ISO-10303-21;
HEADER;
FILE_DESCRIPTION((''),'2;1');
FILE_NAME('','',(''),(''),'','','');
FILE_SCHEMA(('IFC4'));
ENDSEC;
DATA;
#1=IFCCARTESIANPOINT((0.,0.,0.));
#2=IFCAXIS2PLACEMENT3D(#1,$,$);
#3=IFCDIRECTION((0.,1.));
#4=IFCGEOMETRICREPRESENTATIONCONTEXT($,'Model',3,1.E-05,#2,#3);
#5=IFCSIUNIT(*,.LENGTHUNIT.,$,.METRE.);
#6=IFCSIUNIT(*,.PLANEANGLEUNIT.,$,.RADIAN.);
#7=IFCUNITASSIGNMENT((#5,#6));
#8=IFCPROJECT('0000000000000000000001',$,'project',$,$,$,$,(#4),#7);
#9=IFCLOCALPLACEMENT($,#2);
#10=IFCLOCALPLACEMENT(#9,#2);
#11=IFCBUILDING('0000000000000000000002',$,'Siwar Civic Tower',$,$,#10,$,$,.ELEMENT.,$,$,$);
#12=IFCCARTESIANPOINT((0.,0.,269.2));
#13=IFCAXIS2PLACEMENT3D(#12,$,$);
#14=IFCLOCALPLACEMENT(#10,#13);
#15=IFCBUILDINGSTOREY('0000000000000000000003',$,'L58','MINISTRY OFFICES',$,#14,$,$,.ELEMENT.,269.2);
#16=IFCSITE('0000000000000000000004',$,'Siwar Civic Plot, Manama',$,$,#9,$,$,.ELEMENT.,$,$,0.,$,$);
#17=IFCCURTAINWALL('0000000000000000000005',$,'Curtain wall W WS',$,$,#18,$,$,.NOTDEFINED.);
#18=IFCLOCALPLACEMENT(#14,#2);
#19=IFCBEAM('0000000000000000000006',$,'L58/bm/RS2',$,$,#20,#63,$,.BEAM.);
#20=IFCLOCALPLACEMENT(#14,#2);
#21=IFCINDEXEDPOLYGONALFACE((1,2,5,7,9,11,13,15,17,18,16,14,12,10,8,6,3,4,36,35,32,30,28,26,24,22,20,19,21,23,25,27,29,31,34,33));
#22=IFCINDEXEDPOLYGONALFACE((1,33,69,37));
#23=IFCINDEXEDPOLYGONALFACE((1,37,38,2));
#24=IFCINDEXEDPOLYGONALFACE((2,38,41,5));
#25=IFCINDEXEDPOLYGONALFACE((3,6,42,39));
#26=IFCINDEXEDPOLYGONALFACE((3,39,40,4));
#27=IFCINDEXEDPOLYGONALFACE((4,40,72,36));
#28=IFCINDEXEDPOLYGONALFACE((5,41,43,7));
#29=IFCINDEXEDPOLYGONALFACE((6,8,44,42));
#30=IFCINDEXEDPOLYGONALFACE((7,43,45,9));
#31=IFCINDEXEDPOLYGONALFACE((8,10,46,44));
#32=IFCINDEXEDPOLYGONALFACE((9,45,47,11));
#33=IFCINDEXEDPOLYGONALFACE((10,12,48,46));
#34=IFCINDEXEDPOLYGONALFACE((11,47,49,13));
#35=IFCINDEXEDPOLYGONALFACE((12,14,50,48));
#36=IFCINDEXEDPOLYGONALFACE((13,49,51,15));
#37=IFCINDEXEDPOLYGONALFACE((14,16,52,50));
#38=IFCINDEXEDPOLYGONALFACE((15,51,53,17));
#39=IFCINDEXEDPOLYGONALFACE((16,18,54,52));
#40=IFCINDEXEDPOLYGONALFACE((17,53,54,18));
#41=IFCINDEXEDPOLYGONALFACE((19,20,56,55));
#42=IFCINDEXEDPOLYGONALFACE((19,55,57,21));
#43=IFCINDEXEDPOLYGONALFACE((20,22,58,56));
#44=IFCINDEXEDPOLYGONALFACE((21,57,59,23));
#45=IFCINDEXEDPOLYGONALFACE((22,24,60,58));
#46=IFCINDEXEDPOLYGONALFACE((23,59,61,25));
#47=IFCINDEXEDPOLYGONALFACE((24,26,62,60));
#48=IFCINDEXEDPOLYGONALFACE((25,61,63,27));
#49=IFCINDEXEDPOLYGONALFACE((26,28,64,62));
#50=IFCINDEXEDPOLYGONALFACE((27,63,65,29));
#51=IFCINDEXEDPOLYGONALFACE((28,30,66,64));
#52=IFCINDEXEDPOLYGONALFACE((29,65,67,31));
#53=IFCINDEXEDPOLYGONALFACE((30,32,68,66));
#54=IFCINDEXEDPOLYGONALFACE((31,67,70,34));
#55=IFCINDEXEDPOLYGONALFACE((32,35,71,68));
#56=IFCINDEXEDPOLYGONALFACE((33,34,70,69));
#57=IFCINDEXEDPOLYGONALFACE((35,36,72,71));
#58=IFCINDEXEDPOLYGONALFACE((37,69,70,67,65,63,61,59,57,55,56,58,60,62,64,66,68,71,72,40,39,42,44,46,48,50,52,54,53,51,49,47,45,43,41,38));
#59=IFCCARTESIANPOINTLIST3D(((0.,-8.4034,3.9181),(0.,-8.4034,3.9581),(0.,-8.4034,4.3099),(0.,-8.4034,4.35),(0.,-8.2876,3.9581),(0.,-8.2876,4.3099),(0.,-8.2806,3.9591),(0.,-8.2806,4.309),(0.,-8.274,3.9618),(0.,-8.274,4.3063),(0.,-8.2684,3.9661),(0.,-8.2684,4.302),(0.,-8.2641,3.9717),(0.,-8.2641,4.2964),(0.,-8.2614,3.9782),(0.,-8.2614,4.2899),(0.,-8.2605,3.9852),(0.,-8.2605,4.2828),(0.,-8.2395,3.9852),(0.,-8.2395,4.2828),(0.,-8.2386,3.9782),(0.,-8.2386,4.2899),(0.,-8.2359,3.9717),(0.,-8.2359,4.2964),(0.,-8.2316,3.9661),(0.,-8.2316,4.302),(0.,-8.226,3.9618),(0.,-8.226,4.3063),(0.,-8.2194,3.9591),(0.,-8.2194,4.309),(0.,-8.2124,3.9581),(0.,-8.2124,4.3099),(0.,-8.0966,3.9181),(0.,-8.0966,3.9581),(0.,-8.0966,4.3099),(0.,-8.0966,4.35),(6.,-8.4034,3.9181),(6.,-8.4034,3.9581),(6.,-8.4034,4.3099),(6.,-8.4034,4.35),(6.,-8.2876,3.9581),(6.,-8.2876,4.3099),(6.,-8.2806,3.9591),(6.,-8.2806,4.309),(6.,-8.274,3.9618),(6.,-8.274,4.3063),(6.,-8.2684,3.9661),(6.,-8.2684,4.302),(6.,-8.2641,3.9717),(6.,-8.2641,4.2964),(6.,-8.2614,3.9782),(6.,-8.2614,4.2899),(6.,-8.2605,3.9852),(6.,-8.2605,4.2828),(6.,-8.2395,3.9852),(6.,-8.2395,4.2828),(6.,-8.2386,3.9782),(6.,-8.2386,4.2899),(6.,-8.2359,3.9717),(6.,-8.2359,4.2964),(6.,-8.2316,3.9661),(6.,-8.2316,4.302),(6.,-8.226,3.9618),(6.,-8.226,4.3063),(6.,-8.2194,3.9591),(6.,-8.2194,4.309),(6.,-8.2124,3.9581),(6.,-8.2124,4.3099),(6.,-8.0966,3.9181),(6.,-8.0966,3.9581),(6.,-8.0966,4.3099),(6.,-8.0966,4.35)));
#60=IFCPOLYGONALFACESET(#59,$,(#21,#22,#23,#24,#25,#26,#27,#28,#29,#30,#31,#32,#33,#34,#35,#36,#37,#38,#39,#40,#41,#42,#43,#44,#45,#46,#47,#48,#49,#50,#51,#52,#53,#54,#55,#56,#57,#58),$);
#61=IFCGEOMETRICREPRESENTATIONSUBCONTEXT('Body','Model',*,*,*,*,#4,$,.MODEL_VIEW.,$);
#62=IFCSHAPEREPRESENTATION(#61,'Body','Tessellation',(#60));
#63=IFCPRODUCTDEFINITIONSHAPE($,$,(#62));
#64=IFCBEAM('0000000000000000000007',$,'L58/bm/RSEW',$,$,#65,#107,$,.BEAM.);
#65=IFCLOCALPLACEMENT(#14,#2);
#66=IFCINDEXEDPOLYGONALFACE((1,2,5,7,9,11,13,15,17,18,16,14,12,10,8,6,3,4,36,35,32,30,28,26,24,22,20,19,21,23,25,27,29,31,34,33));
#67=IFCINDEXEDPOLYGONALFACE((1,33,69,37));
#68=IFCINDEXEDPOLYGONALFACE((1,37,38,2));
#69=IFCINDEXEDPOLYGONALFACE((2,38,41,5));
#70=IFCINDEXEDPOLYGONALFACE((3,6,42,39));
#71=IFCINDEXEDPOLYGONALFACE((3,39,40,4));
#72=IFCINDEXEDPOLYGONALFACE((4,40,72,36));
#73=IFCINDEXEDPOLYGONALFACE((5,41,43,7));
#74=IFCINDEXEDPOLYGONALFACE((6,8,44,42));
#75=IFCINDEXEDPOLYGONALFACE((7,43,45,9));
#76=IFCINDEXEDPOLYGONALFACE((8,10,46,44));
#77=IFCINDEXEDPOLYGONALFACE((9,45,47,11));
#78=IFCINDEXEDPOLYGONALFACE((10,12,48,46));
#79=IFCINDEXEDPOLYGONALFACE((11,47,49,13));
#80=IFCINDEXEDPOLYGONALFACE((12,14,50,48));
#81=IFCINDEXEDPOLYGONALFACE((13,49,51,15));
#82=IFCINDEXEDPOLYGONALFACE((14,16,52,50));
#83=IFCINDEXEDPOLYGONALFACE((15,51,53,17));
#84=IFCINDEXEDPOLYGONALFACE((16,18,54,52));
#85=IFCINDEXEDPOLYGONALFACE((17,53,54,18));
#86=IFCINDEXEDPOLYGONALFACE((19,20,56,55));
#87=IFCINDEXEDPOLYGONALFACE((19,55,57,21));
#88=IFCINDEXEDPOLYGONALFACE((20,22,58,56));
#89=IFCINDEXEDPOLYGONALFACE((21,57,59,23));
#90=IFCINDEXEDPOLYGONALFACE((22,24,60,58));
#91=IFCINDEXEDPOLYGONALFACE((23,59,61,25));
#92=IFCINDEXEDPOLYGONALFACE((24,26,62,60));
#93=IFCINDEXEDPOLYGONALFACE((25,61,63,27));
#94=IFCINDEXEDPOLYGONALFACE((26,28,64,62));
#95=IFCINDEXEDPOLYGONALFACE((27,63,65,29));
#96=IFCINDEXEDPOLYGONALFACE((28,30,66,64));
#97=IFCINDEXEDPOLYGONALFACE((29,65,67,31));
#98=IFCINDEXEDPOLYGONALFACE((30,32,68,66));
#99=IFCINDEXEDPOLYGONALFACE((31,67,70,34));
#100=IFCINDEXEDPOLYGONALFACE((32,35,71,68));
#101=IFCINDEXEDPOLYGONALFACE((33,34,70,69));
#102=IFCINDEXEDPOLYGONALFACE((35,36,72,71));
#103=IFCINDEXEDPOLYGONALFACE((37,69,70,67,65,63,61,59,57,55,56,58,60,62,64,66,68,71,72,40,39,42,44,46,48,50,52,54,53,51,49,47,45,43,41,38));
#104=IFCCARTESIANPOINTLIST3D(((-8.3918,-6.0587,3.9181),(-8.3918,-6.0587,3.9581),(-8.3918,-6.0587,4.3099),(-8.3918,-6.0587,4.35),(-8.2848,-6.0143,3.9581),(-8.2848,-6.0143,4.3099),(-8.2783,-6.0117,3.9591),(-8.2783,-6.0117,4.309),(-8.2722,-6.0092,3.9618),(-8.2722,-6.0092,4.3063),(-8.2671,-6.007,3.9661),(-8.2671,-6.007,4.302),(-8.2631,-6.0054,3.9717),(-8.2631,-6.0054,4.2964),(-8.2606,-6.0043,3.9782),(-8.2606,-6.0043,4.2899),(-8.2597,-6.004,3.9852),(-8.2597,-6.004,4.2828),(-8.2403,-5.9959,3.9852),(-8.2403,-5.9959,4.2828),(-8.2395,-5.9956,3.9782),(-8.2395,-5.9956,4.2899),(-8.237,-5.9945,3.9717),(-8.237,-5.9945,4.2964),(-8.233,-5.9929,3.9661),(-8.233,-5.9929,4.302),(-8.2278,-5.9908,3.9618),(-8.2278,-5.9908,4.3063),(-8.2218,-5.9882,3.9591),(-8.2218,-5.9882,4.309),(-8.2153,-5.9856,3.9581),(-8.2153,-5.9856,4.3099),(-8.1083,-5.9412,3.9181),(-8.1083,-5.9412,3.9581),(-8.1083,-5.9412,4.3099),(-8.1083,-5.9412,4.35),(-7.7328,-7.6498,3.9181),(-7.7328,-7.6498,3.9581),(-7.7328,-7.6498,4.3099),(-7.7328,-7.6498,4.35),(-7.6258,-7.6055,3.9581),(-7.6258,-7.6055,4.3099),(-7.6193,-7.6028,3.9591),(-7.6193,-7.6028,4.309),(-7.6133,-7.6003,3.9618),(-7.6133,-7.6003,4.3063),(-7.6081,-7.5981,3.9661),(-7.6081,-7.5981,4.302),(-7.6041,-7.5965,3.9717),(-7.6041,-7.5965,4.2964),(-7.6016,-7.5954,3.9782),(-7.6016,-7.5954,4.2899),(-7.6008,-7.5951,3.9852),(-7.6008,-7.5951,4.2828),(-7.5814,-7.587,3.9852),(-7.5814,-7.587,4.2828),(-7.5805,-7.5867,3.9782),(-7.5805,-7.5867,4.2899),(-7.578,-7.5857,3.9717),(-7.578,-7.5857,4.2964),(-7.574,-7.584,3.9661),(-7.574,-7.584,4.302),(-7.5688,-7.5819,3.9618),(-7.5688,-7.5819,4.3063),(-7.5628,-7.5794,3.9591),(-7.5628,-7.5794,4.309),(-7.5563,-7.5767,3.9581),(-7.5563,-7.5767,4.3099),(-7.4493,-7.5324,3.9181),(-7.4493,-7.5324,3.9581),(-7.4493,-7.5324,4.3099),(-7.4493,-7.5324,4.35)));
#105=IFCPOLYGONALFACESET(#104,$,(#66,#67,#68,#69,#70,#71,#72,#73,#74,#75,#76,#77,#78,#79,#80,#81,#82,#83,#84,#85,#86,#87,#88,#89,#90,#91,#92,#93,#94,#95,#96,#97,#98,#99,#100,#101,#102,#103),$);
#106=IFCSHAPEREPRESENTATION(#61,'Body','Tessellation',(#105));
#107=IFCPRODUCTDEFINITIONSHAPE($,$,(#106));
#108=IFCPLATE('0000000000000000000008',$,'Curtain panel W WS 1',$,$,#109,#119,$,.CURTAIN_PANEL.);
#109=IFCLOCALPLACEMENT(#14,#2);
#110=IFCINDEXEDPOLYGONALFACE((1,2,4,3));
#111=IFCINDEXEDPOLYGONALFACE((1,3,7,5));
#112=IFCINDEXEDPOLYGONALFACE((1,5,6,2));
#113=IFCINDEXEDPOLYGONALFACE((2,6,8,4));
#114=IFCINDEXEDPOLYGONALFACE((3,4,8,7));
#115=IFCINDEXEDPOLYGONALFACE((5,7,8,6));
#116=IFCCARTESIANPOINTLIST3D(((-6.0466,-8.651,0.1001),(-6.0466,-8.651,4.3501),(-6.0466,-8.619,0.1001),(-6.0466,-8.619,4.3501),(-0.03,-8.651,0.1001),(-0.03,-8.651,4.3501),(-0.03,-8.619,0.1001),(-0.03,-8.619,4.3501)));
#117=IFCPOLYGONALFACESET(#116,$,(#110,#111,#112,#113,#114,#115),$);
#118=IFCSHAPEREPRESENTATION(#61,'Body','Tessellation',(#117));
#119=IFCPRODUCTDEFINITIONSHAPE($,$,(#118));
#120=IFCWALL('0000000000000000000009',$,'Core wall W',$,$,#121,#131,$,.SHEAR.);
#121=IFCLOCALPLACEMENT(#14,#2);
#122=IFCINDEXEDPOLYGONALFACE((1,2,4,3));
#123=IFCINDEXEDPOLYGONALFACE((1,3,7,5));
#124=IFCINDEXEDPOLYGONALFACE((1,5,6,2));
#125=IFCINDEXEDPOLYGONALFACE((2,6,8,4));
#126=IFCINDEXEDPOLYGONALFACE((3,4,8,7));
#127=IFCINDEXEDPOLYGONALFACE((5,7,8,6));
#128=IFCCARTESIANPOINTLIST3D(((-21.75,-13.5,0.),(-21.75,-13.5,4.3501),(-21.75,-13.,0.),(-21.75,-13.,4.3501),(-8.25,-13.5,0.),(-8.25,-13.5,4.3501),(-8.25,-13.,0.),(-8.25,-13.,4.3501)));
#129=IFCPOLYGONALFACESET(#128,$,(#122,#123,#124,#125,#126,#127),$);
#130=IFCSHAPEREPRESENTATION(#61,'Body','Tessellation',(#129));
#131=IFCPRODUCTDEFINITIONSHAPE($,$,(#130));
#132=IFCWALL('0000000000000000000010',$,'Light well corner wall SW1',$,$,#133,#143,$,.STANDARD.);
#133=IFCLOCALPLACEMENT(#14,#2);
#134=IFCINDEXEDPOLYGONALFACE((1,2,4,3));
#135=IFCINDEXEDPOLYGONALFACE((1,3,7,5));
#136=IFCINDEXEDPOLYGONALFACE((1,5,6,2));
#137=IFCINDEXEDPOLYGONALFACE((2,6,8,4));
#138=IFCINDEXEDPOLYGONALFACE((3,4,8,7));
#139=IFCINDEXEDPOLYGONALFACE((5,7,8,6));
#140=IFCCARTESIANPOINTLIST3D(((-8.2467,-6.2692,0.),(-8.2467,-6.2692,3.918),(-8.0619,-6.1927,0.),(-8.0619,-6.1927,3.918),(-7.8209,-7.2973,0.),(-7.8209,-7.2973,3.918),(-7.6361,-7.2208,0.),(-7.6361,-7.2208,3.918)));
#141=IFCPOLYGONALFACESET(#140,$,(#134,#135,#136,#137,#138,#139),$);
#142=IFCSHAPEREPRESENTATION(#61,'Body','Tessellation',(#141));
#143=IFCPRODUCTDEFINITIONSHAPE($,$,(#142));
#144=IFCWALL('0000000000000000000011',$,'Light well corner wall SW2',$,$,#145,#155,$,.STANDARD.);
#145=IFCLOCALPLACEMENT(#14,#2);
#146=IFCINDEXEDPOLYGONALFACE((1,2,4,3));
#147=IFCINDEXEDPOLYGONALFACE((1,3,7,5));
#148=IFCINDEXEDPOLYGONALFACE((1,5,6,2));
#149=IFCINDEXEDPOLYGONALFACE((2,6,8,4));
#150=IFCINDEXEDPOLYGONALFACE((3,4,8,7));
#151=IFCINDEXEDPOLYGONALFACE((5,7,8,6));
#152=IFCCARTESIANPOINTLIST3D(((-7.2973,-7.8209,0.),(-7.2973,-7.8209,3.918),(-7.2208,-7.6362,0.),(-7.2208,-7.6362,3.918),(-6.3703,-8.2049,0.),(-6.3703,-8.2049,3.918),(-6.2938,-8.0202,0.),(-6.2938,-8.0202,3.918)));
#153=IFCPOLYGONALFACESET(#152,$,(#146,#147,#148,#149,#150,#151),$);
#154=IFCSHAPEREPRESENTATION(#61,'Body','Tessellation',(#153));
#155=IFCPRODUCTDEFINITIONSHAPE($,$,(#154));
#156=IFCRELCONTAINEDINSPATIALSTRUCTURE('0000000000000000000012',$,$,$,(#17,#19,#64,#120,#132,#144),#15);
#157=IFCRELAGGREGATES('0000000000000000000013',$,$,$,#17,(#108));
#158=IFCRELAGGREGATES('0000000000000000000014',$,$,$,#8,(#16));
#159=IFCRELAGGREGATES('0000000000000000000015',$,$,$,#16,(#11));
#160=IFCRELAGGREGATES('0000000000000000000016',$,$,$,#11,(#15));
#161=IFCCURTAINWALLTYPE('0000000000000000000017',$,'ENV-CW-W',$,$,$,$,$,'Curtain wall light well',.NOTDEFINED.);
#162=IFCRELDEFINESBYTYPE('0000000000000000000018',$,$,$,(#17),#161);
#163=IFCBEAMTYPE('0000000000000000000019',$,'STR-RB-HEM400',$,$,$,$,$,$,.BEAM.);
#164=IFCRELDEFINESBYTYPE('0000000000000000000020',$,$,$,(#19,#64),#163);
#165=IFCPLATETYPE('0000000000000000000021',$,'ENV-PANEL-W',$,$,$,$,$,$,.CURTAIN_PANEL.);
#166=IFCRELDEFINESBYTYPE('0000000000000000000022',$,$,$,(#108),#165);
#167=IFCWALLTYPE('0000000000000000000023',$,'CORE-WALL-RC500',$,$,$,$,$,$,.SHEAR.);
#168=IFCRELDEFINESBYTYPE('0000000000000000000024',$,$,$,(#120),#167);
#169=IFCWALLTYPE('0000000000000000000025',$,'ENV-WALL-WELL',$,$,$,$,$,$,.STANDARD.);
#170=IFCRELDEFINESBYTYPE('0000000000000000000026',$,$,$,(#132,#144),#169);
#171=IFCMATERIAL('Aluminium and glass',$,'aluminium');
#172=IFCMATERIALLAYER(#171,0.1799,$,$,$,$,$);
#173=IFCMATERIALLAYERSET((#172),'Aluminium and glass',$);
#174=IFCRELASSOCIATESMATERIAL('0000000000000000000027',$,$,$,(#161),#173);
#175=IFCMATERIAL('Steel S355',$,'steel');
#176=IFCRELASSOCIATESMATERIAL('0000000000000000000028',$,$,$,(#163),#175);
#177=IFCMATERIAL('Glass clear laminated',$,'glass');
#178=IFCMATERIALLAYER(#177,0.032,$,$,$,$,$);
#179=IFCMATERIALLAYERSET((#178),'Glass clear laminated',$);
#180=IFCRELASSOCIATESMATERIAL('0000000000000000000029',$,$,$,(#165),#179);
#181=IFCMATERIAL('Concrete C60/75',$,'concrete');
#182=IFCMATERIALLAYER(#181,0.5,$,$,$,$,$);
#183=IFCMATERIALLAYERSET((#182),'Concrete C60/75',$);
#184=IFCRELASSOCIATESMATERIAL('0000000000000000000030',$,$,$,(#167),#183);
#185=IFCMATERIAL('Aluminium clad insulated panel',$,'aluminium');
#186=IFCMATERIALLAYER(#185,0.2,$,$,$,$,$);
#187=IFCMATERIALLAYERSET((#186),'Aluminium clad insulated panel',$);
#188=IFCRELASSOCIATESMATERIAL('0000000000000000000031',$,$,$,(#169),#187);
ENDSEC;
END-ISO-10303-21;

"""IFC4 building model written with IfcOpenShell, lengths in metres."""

from ifc_helpers import new_model, si_unit, direction, frame, frame_2d, origin, origin_2d, place, context, subcontext, project, spatial, rectangle, i_section, extrude, material, layer, layer_set, material_profile, profile_set, type_object, element, aggregate, save


model = new_model("IFC4")

# Units and contexts
model_context = context("Model", 3, precision=1e-05, world=origin(), true_north=direction((0.0, 1.0)))
body_context = subcontext(model_context, "Body", "Model", "MODEL_VIEW")
ifc_project = project(units=[si_unit("LENGTHUNIT", "METRE"), si_unit("PLANEANGLEUNIT", "RADIAN")], contexts=[model_context])

# Site, building, storey
site_placement = place(None, origin())
site = spatial("IfcSite", under=ifc_project, at=site_placement, Name="Siwar Civic Plot, Manama", CompositionType="ELEMENT", RefElevation=0.0)
building_placement = place(site_placement, origin())
building = spatial("IfcBuilding", under=site, at=building_placement, Name="Siwar Civic Tower", CompositionType="ELEMENT")
storey_placement = place(building_placement, frame((0.0, 0.0, 269.2)))
storey = spatial("IfcBuildingStorey", under=building, at=storey_placement, Name="L58", Description="MINISTRY OFFICES", CompositionType="ELEMENT", Elevation=269.2)

# Curtain wall
ifc_material_1 = material(Name="Aluminium and glass", Category="aluminium")
ifc_layer_1 = layer(ifc_material_1, 0.1799)
ifc_layer_set_1 = layer_set([ifc_layer_1], Name="Aluminium and glass")
curtain_wall_type = type_object("IfcCurtainWallType", Name="ENV-CW-W", ElementType="Curtain wall light well", PredefinedType="NOTDEFINED", material=ifc_layer_set_1)
curtain_wall_placement = place(storey_placement, origin())
curtain_wall = element("IfcCurtainWall", 1, at=curtain_wall_placement, inside=storey, type_object=curtain_wall_type, Name="Curtain wall W WS", PredefinedType="NOTDEFINED")

# Beams
ifc_material_2 = material(Name="Steel S355", Category="steel")
ifc_material_profile_1 = material_profile(ifc_material_2, i_section(OverallWidth=0.3069, OverallDepth=0.4319, WebThickness=0.021, FlangeThickness=0.04, FilletRadius=0.0271, at=origin_2d()), Name="HEM400")
ifc_profile_set_1 = profile_set([ifc_material_profile_1], Name="Steel S355")
beam_type = type_object("IfcBeamType", Name="STR-RB-HEM400", PredefinedType="BEAM", material=ifc_profile_set_1)
for number, where, z_axis, x_axis, name in (
    (2, (0.0, -8.25, 4.134), (1.0, 0.0, 0.0), (0.0, 1.0, 0.0), "L58/bm/RS2"),
):
    element("IfcBeam", number, at=place(storey_placement, frame(where, z_axis=z_axis, x_axis=x_axis)), inside=storey, type_object=beam_type, Name=name, PredefinedType="BEAM", context=body_context, shape_type="SweptSolid", body=[
        extrude(i_section(OverallWidth=0.3069, OverallDepth=0.4319, WebThickness=0.021, FlangeThickness=0.04, FilletRadius=0.0271, at=origin_2d()), origin(), (0.0, 0.0, 1.0), 6.0),
    ])
beam_1_placement = place(storey_placement, frame((-7.5911, -7.5911, 4.134), z_axis=(-0.382631, 0.923901, 0.0), x_axis=(-0.923901, -0.382631, 0.0)))
element("IfcBeam", 3, at=beam_1_placement, inside=storey, type_object=beam_type, Name="L58/bm/RSEW", PredefinedType="BEAM", context=body_context, shape_type="SweptSolid", body=[
    extrude(i_section(OverallWidth=0.3069, OverallDepth=0.4319, WebThickness=0.021, FlangeThickness=0.04, FilletRadius=0.0271, at=origin_2d()), origin(), (0.0, 0.0, 1.0), 1.7222),
])

# Plate
ifc_material_3 = material(Name="Glass clear laminated", Category="glass")
ifc_layer_2 = layer(ifc_material_3, 0.032)
ifc_layer_set_2 = layer_set([ifc_layer_2], Name="Glass clear laminated")
plate_type = type_object("IfcPlateType", Name="ENV-PANEL-W", PredefinedType="CURTAIN_PANEL", material=ifc_layer_set_2)
plate_placement = place(storey_placement, frame((-3.0383, -8.635, 0.1001), z_axis=(0.0, 0.0, 1.0), x_axis=(1.0, 0.0, 0.0)))
plate = element("IfcPlate", 4, at=plate_placement, type_object=plate_type, Name="Curtain panel W WS 1", PredefinedType="CURTAIN_PANEL", context=body_context, shape_type="SweptSolid", body=[
    extrude(rectangle(XDim=6.0166, YDim=0.032, at=origin_2d()), origin(), (0.0, 0.0, 1.0), 4.25),
])
aggregate(curtain_wall, [plate])

# Walls
ifc_material_4 = material(Name="Concrete C60/75", Category="concrete")
ifc_layer_3 = layer(ifc_material_4, 0.5)
ifc_layer_set_3 = layer_set([ifc_layer_3], Name="Concrete C60/75")
wall_type_1 = type_object("IfcWallType", Name="CORE-WALL-RC500", PredefinedType="SHEAR", material=ifc_layer_set_3)
wall_1_placement = place(storey_placement, frame((-8.25, -13.25, 0.0), z_axis=(0.0, 0.0, 1.0), x_axis=(-1.0, 0.0, 0.0)))
element("IfcWall", 5, at=wall_1_placement, inside=storey, type_object=wall_type_1, Name="Core wall W", PredefinedType="SHEAR", context=body_context, shape_type="SweptSolid", body=[
    extrude(rectangle(XDim=13.5, YDim=0.5, at=frame_2d((6.75, 0.0))), origin(), (0.0, 0.0, 1.0), 4.3501),
])
ifc_material_5 = material(Name="Aluminium clad insulated panel", Category="aluminium")
ifc_layer_4 = layer(ifc_material_5, 0.2)
ifc_layer_set_4 = layer_set([ifc_layer_4], Name="Aluminium clad insulated panel")
wall_type_2 = type_object("IfcWallType", Name="ENV-WALL-WELL", PredefinedType="STANDARD", material=ifc_layer_set_4)
wall_2_placement = place(storey_placement, frame((-8.1543, -6.231, 0.0), z_axis=(0.0, 0.0, 1.0), x_axis=(0.382636, -0.923899, 0.0)))
element("IfcWall", 6, at=wall_2_placement, inside=storey, type_object=wall_type_2, Name="Light well corner wall SW1", PredefinedType="STANDARD", context=body_context, shape_type="SweptSolid", body=[
    extrude(rectangle(XDim=1.1128, YDim=0.2, at=frame_2d((0.5564, 0.0))), origin(), (0.0, 0.0, 1.0), 3.918),
])
wall_3_placement = place(storey_placement, frame((-7.259, -7.7285, 0.0), z_axis=(0.0, 0.0, 1.0), x_axis=(0.92386, -0.382731, 0.0)))
element("IfcWall", 7, at=wall_3_placement, inside=storey, type_object=wall_type_2, Name="Light well corner wall SW2", PredefinedType="STANDARD", context=body_context, shape_type="SweptSolid", body=[
    extrude(rectangle(XDim=1.0034, YDim=0.2, at=frame_2d((0.5017, 0.0))), origin(), (0.0, 0.0, 1.0), 3.918),
])

save(model, "model.ifc")
